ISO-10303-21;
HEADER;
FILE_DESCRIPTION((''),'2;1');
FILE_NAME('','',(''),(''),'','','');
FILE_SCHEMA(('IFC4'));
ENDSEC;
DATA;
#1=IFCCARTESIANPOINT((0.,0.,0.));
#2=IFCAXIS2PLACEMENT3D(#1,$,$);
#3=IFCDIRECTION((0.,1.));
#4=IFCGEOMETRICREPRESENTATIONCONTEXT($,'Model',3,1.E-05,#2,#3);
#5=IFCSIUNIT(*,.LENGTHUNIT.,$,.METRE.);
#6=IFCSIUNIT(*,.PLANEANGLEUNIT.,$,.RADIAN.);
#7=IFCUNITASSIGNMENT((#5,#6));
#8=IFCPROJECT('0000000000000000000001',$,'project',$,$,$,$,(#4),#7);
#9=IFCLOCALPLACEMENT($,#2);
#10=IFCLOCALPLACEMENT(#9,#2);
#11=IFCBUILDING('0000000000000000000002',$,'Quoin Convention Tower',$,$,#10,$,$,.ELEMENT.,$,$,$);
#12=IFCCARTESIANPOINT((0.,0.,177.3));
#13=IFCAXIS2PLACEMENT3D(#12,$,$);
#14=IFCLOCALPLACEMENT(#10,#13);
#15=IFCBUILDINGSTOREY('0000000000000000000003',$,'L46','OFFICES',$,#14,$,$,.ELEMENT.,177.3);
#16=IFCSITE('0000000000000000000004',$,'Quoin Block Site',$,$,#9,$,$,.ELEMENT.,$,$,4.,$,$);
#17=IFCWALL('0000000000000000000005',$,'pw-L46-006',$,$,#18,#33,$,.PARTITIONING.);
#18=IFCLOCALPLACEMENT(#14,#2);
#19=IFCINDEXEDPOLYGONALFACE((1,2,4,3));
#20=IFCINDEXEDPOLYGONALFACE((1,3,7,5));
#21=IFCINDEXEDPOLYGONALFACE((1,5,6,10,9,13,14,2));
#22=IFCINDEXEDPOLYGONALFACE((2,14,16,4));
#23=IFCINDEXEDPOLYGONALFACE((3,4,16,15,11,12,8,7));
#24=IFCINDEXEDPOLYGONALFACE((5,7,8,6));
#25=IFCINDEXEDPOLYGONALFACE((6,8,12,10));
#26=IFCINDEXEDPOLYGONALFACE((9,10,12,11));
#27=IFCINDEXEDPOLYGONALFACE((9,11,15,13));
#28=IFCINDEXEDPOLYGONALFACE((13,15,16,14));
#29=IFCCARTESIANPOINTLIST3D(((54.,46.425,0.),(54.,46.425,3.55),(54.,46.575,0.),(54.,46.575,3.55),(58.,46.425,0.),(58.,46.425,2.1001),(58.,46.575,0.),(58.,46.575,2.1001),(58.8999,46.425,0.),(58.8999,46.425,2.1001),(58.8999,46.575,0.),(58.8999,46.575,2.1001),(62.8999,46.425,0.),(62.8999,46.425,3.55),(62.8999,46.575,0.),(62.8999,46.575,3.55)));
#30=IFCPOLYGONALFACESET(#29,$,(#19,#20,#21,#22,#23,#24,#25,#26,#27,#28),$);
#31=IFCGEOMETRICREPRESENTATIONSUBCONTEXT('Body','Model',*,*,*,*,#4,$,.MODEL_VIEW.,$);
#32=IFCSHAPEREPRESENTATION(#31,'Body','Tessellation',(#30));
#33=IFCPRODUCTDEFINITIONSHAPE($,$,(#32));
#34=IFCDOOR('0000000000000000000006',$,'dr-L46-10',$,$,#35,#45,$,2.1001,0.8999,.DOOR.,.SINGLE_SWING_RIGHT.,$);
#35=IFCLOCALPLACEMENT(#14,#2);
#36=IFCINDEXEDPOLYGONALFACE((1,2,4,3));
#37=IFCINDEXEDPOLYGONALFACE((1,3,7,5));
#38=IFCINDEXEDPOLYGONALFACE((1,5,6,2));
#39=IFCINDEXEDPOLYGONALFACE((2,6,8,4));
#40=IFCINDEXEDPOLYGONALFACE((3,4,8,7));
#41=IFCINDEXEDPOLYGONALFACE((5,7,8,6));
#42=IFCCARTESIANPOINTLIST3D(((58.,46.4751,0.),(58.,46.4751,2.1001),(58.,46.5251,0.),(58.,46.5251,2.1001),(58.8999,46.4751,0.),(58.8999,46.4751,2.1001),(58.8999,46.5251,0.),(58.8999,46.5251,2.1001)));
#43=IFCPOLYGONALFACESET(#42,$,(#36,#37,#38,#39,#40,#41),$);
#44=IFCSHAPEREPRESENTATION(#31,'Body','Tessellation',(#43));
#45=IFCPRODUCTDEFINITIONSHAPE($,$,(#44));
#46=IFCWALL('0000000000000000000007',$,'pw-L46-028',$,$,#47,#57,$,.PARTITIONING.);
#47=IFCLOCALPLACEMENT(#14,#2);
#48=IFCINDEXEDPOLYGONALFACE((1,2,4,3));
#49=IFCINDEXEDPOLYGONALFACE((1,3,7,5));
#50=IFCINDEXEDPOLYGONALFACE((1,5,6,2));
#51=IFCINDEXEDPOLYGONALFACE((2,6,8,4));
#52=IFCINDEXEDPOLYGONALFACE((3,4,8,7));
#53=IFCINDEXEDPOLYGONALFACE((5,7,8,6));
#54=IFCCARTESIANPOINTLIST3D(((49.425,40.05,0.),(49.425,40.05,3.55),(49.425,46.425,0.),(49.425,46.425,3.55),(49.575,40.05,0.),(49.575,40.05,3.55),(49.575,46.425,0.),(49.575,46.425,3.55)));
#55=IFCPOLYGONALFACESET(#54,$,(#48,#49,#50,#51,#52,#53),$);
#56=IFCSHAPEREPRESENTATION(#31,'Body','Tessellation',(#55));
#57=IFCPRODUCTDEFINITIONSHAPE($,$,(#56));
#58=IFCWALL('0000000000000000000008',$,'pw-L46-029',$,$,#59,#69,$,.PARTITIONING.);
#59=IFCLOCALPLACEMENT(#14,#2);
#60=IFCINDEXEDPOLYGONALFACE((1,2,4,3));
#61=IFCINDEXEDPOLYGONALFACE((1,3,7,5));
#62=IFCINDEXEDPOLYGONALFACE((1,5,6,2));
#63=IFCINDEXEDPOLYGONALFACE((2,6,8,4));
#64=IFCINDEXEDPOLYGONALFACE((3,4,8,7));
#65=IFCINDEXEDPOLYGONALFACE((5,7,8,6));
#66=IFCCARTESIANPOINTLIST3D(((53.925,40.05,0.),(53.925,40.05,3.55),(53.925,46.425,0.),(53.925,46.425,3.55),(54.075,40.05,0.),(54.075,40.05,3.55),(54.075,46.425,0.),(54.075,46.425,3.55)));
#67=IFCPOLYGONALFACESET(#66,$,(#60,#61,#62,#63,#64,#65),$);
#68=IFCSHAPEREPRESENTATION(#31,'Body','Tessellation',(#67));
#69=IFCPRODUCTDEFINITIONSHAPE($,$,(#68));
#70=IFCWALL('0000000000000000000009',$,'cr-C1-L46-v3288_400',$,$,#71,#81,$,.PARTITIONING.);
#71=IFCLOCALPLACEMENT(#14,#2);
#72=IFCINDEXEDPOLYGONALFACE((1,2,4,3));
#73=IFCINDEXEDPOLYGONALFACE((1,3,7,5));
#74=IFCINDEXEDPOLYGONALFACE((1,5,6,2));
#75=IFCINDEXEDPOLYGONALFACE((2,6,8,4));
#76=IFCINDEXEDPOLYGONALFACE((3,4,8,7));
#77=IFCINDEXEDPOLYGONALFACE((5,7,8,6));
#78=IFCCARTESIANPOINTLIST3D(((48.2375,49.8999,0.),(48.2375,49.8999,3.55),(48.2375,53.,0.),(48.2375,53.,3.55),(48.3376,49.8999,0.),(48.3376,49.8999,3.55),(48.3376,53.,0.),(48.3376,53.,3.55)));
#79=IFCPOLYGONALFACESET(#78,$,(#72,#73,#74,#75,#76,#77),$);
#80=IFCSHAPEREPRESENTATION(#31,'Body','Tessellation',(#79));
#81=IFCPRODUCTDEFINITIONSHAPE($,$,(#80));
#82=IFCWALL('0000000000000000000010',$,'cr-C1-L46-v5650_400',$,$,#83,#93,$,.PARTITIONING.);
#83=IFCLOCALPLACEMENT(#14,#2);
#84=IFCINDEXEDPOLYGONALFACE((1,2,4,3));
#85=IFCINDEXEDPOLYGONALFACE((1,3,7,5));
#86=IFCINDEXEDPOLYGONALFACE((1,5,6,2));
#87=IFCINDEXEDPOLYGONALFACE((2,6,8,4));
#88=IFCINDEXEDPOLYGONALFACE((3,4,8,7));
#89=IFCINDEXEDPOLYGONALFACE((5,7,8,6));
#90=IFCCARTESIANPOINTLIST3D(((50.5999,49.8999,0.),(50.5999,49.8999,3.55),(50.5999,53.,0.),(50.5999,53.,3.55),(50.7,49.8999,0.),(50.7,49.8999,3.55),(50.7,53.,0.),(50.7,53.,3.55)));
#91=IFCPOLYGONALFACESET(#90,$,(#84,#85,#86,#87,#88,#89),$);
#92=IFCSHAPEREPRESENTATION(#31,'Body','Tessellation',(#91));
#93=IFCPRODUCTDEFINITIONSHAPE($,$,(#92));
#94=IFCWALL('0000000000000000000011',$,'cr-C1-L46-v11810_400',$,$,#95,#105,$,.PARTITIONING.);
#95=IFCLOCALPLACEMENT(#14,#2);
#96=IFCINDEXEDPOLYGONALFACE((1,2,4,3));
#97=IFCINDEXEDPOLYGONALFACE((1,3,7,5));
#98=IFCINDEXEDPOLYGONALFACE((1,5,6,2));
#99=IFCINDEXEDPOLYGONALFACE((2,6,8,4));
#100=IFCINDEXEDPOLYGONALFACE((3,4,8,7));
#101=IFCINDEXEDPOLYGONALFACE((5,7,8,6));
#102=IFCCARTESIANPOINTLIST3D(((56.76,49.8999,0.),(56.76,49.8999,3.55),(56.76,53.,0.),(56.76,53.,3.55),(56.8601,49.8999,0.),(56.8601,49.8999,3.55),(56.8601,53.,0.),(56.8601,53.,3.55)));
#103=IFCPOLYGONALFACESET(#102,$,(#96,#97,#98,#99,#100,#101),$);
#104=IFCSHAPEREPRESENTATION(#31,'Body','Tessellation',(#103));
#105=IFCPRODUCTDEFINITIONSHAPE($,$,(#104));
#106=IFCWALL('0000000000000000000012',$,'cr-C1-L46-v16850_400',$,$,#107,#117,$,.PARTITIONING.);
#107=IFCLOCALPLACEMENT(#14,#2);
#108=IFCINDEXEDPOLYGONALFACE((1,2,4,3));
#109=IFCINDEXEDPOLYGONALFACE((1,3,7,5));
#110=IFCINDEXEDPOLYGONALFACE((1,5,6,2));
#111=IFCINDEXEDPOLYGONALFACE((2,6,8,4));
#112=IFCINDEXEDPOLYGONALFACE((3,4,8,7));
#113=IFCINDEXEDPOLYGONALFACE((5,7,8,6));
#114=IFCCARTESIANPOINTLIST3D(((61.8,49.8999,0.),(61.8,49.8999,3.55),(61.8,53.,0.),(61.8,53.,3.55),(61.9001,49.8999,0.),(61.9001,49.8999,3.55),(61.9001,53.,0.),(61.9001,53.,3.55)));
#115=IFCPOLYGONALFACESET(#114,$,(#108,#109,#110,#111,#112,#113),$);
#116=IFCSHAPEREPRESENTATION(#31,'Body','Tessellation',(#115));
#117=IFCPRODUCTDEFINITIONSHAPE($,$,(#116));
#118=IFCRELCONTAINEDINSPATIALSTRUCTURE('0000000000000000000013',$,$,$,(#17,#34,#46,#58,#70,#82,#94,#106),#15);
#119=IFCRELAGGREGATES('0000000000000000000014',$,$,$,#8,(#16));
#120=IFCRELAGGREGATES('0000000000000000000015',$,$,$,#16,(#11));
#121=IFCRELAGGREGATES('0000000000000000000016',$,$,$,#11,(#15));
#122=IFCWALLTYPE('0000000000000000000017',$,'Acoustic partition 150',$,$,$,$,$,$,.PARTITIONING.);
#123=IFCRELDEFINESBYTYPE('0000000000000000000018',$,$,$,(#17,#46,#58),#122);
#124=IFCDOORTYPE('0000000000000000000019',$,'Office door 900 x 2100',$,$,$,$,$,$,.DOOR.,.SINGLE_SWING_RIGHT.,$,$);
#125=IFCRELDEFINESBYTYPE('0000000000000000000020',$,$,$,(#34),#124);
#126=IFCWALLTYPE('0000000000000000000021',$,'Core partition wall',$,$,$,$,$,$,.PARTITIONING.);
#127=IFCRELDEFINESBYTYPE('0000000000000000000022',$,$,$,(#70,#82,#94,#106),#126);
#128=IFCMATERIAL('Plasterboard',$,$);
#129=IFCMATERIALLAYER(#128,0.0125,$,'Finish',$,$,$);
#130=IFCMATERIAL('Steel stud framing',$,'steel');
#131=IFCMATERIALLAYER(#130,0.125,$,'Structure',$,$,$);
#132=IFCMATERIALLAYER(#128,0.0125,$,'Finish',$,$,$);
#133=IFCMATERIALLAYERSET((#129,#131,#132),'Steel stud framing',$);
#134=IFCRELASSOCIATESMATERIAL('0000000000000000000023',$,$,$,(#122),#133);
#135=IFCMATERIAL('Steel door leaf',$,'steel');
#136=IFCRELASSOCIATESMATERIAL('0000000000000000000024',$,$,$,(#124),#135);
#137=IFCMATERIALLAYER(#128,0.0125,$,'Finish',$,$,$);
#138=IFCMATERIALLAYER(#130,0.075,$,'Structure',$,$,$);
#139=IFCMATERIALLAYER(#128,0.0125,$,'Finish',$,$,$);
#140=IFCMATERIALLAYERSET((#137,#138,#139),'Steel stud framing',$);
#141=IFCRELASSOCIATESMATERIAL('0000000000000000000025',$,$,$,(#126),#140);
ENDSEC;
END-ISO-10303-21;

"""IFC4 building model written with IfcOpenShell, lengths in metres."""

from ifc_helpers import new_model, si_unit, direction, frame, frame_2d, origin, place, context, subcontext, project, spatial, rectangle, extrude, material, layer, layer_set, type_object, element, fill, save


model = new_model("IFC4")

# Units and contexts
model_context = context("Model", 3, precision=1e-05, world=origin(), true_north=direction((0.0, 1.0)))
body_context = subcontext(model_context, "Body", "Model", "MODEL_VIEW")
ifc_project = project(units=[si_unit("LENGTHUNIT", "METRE"), si_unit("PLANEANGLEUNIT", "RADIAN")], contexts=[model_context])

# Site, building, storey
site_placement = place(None, origin())
site = spatial("IfcSite", under=ifc_project, at=site_placement, Name="Quoin Block Site", CompositionType="ELEMENT", RefElevation=4.0)
building_placement = place(site_placement, origin())
building = spatial("IfcBuilding", under=site, at=building_placement, Name="Quoin Convention Tower", CompositionType="ELEMENT")
storey_placement = place(building_placement, frame((0.0, 0.0, 177.3)))
storey = spatial("IfcBuildingStorey", under=building, at=storey_placement, Name="L46", Description="OFFICES", CompositionType="ELEMENT", Elevation=177.3)

# Wall, opening, door
ifc_material_1 = material(Name="Plasterboard")
ifc_layer_1 = layer(ifc_material_1, 0.0125, Name="Finish")
ifc_material_2 = material(Name="Steel stud framing", Category="steel")
ifc_layer_2 = layer(ifc_material_2, 0.125, Name="Structure")
ifc_layer_3 = layer(ifc_material_1, 0.0125, Name="Finish")
ifc_layer_set_1 = layer_set([ifc_layer_1, ifc_layer_2, ifc_layer_3], Name="Steel stud framing")
wall_type_1 = type_object("IfcWallType", Name="Acoustic partition 150", PredefinedType="PARTITIONING", material=ifc_layer_set_1)
ifc_material_3 = material(Name="Steel door leaf", Category="steel")
door_type = type_object("IfcDoorType", Name="Office door 900 x 2100", OperationType="SINGLE_SWING_RIGHT", PredefinedType="DOOR", material=ifc_material_3)
wall_1_placement = place(storey_placement, frame((54.0, 46.5, 0.0), z_axis=(0.0, 0.0, 1.0), x_axis=(1.0, 0.0, 0.0)))
wall_1 = element("IfcWall", 1, at=wall_1_placement, inside=storey, type_object=wall_type_1, Name="pw-L46-006", PredefinedType="PARTITIONING", context=body_context, shape_type="SweptSolid", body=[
    extrude(rectangle(XDim=8.8999, YDim=0.1499, at=frame_2d((4.45, 0.0))), origin(), (0.0, 0.0, 1.0), 3.55),
])
opening_1_placement = place(wall_1_placement, frame((4.0, 0.0, 0.0)))
opening_1 = element("IfcOpeningElement", 2, at=opening_1_placement, cuts=wall_1, PredefinedType="OPENING", context=body_context, shape_type="SweptSolid", body=[
    extrude(rectangle(XDim=0.8999, YDim=2.1001, at=frame_2d((0.45, 1.05))), frame((0.0, 0.085, 0.0), z_axis=(0.0, -1.0, 0.0), x_axis=(1.0, 0.0, 0.0)), (0.0, 0.0, 1.0), 0.1699),
])
door_1_placement = place(opening_1_placement, frame((0.8999, 0.0, 0.0), z_axis=(0.0, 0.0, 1.0), x_axis=(-1.0, 0.0, 0.0)))
door_1 = element("IfcDoor", 3, at=door_1_placement, inside=storey, type_object=door_type, Name="dr-L46-10", OperationType="SINGLE_SWING_RIGHT", OverallHeight=2.1001, OverallWidth=0.8999, PredefinedType="DOOR", context=body_context, shape_type="SweptSolid", body=[
    extrude(rectangle(XDim=0.8999, YDim=2.1001, at=frame_2d((0.45, 1.05))), frame((0.0, 0.0249, 0.0), z_axis=(0.0, -1.0, 0.0), x_axis=(1.0, 0.0, 0.0)), (0.0, 0.0, 1.0), 0.05),
])
fill(opening_1, door_1)

# Walls
for number, where, z_axis, x_axis, name in (
    (4, (49.5, 40.05, 0.0), (0.0, 0.0, 1.0), (0.0, 1.0, 0.0), "pw-L46-028"),
    (5, (54.0, 40.05, 0.0), (0.0, 0.0, 1.0), (0.0, 1.0, 0.0), "pw-L46-029"),
):
    element("IfcWall", number, at=place(storey_placement, frame(where, z_axis=z_axis, x_axis=x_axis)), inside=storey, type_object=wall_type_1, Name=name, PredefinedType="PARTITIONING", context=body_context, shape_type="SweptSolid", body=[
        extrude(rectangle(XDim=6.375, YDim=0.1499, at=frame_2d((3.1875, 0.0))), origin(), (0.0, 0.0, 1.0), 3.55),
    ])
ifc_layer_4 = layer(ifc_material_1, 0.0125, Name="Finish")
ifc_layer_5 = layer(ifc_material_2, 0.075, Name="Structure")
ifc_layer_6 = layer(ifc_material_1, 0.0125, Name="Finish")
ifc_layer_set_2 = layer_set([ifc_layer_4, ifc_layer_5, ifc_layer_6], Name="Steel stud framing")
wall_type_2 = type_object("IfcWallType", Name="Core partition wall", PredefinedType="PARTITIONING", material=ifc_layer_set_2)
for number, where, z_axis, x_axis, name in (
    (6, (48.2876, 49.8999, 0.0), (0.0, 0.0, 1.0), (0.0, 1.0, 0.0), "cr-C1-L46-v3288_400"),
    (7, (50.6499, 49.8999, 0.0), (0.0, 0.0, 1.0), (0.0, 1.0, 0.0), "cr-C1-L46-v5650_400"),
    (8, (56.8101, 49.8999, 0.0), (0.0, 0.0, 1.0), (0.0, 1.0, 0.0), "cr-C1-L46-v11810_400"),
    (9, (61.8501, 49.8999, 0.0), (0.0, 0.0, 1.0), (0.0, 1.0, 0.0), "cr-C1-L46-v16850_400"),
):
    element("IfcWall", number, at=place(storey_placement, frame(where, z_axis=z_axis, x_axis=x_axis)), inside=storey, type_object=wall_type_2, Name=name, PredefinedType="PARTITIONING", context=body_context, shape_type="SweptSolid", body=[
        extrude(rectangle(XDim=3.1001, YDim=0.1001, at=frame_2d((1.55, 0.0))), origin(), (0.0, 0.0, 1.0), 3.55),
    ])

save(model, "model.ifc")
